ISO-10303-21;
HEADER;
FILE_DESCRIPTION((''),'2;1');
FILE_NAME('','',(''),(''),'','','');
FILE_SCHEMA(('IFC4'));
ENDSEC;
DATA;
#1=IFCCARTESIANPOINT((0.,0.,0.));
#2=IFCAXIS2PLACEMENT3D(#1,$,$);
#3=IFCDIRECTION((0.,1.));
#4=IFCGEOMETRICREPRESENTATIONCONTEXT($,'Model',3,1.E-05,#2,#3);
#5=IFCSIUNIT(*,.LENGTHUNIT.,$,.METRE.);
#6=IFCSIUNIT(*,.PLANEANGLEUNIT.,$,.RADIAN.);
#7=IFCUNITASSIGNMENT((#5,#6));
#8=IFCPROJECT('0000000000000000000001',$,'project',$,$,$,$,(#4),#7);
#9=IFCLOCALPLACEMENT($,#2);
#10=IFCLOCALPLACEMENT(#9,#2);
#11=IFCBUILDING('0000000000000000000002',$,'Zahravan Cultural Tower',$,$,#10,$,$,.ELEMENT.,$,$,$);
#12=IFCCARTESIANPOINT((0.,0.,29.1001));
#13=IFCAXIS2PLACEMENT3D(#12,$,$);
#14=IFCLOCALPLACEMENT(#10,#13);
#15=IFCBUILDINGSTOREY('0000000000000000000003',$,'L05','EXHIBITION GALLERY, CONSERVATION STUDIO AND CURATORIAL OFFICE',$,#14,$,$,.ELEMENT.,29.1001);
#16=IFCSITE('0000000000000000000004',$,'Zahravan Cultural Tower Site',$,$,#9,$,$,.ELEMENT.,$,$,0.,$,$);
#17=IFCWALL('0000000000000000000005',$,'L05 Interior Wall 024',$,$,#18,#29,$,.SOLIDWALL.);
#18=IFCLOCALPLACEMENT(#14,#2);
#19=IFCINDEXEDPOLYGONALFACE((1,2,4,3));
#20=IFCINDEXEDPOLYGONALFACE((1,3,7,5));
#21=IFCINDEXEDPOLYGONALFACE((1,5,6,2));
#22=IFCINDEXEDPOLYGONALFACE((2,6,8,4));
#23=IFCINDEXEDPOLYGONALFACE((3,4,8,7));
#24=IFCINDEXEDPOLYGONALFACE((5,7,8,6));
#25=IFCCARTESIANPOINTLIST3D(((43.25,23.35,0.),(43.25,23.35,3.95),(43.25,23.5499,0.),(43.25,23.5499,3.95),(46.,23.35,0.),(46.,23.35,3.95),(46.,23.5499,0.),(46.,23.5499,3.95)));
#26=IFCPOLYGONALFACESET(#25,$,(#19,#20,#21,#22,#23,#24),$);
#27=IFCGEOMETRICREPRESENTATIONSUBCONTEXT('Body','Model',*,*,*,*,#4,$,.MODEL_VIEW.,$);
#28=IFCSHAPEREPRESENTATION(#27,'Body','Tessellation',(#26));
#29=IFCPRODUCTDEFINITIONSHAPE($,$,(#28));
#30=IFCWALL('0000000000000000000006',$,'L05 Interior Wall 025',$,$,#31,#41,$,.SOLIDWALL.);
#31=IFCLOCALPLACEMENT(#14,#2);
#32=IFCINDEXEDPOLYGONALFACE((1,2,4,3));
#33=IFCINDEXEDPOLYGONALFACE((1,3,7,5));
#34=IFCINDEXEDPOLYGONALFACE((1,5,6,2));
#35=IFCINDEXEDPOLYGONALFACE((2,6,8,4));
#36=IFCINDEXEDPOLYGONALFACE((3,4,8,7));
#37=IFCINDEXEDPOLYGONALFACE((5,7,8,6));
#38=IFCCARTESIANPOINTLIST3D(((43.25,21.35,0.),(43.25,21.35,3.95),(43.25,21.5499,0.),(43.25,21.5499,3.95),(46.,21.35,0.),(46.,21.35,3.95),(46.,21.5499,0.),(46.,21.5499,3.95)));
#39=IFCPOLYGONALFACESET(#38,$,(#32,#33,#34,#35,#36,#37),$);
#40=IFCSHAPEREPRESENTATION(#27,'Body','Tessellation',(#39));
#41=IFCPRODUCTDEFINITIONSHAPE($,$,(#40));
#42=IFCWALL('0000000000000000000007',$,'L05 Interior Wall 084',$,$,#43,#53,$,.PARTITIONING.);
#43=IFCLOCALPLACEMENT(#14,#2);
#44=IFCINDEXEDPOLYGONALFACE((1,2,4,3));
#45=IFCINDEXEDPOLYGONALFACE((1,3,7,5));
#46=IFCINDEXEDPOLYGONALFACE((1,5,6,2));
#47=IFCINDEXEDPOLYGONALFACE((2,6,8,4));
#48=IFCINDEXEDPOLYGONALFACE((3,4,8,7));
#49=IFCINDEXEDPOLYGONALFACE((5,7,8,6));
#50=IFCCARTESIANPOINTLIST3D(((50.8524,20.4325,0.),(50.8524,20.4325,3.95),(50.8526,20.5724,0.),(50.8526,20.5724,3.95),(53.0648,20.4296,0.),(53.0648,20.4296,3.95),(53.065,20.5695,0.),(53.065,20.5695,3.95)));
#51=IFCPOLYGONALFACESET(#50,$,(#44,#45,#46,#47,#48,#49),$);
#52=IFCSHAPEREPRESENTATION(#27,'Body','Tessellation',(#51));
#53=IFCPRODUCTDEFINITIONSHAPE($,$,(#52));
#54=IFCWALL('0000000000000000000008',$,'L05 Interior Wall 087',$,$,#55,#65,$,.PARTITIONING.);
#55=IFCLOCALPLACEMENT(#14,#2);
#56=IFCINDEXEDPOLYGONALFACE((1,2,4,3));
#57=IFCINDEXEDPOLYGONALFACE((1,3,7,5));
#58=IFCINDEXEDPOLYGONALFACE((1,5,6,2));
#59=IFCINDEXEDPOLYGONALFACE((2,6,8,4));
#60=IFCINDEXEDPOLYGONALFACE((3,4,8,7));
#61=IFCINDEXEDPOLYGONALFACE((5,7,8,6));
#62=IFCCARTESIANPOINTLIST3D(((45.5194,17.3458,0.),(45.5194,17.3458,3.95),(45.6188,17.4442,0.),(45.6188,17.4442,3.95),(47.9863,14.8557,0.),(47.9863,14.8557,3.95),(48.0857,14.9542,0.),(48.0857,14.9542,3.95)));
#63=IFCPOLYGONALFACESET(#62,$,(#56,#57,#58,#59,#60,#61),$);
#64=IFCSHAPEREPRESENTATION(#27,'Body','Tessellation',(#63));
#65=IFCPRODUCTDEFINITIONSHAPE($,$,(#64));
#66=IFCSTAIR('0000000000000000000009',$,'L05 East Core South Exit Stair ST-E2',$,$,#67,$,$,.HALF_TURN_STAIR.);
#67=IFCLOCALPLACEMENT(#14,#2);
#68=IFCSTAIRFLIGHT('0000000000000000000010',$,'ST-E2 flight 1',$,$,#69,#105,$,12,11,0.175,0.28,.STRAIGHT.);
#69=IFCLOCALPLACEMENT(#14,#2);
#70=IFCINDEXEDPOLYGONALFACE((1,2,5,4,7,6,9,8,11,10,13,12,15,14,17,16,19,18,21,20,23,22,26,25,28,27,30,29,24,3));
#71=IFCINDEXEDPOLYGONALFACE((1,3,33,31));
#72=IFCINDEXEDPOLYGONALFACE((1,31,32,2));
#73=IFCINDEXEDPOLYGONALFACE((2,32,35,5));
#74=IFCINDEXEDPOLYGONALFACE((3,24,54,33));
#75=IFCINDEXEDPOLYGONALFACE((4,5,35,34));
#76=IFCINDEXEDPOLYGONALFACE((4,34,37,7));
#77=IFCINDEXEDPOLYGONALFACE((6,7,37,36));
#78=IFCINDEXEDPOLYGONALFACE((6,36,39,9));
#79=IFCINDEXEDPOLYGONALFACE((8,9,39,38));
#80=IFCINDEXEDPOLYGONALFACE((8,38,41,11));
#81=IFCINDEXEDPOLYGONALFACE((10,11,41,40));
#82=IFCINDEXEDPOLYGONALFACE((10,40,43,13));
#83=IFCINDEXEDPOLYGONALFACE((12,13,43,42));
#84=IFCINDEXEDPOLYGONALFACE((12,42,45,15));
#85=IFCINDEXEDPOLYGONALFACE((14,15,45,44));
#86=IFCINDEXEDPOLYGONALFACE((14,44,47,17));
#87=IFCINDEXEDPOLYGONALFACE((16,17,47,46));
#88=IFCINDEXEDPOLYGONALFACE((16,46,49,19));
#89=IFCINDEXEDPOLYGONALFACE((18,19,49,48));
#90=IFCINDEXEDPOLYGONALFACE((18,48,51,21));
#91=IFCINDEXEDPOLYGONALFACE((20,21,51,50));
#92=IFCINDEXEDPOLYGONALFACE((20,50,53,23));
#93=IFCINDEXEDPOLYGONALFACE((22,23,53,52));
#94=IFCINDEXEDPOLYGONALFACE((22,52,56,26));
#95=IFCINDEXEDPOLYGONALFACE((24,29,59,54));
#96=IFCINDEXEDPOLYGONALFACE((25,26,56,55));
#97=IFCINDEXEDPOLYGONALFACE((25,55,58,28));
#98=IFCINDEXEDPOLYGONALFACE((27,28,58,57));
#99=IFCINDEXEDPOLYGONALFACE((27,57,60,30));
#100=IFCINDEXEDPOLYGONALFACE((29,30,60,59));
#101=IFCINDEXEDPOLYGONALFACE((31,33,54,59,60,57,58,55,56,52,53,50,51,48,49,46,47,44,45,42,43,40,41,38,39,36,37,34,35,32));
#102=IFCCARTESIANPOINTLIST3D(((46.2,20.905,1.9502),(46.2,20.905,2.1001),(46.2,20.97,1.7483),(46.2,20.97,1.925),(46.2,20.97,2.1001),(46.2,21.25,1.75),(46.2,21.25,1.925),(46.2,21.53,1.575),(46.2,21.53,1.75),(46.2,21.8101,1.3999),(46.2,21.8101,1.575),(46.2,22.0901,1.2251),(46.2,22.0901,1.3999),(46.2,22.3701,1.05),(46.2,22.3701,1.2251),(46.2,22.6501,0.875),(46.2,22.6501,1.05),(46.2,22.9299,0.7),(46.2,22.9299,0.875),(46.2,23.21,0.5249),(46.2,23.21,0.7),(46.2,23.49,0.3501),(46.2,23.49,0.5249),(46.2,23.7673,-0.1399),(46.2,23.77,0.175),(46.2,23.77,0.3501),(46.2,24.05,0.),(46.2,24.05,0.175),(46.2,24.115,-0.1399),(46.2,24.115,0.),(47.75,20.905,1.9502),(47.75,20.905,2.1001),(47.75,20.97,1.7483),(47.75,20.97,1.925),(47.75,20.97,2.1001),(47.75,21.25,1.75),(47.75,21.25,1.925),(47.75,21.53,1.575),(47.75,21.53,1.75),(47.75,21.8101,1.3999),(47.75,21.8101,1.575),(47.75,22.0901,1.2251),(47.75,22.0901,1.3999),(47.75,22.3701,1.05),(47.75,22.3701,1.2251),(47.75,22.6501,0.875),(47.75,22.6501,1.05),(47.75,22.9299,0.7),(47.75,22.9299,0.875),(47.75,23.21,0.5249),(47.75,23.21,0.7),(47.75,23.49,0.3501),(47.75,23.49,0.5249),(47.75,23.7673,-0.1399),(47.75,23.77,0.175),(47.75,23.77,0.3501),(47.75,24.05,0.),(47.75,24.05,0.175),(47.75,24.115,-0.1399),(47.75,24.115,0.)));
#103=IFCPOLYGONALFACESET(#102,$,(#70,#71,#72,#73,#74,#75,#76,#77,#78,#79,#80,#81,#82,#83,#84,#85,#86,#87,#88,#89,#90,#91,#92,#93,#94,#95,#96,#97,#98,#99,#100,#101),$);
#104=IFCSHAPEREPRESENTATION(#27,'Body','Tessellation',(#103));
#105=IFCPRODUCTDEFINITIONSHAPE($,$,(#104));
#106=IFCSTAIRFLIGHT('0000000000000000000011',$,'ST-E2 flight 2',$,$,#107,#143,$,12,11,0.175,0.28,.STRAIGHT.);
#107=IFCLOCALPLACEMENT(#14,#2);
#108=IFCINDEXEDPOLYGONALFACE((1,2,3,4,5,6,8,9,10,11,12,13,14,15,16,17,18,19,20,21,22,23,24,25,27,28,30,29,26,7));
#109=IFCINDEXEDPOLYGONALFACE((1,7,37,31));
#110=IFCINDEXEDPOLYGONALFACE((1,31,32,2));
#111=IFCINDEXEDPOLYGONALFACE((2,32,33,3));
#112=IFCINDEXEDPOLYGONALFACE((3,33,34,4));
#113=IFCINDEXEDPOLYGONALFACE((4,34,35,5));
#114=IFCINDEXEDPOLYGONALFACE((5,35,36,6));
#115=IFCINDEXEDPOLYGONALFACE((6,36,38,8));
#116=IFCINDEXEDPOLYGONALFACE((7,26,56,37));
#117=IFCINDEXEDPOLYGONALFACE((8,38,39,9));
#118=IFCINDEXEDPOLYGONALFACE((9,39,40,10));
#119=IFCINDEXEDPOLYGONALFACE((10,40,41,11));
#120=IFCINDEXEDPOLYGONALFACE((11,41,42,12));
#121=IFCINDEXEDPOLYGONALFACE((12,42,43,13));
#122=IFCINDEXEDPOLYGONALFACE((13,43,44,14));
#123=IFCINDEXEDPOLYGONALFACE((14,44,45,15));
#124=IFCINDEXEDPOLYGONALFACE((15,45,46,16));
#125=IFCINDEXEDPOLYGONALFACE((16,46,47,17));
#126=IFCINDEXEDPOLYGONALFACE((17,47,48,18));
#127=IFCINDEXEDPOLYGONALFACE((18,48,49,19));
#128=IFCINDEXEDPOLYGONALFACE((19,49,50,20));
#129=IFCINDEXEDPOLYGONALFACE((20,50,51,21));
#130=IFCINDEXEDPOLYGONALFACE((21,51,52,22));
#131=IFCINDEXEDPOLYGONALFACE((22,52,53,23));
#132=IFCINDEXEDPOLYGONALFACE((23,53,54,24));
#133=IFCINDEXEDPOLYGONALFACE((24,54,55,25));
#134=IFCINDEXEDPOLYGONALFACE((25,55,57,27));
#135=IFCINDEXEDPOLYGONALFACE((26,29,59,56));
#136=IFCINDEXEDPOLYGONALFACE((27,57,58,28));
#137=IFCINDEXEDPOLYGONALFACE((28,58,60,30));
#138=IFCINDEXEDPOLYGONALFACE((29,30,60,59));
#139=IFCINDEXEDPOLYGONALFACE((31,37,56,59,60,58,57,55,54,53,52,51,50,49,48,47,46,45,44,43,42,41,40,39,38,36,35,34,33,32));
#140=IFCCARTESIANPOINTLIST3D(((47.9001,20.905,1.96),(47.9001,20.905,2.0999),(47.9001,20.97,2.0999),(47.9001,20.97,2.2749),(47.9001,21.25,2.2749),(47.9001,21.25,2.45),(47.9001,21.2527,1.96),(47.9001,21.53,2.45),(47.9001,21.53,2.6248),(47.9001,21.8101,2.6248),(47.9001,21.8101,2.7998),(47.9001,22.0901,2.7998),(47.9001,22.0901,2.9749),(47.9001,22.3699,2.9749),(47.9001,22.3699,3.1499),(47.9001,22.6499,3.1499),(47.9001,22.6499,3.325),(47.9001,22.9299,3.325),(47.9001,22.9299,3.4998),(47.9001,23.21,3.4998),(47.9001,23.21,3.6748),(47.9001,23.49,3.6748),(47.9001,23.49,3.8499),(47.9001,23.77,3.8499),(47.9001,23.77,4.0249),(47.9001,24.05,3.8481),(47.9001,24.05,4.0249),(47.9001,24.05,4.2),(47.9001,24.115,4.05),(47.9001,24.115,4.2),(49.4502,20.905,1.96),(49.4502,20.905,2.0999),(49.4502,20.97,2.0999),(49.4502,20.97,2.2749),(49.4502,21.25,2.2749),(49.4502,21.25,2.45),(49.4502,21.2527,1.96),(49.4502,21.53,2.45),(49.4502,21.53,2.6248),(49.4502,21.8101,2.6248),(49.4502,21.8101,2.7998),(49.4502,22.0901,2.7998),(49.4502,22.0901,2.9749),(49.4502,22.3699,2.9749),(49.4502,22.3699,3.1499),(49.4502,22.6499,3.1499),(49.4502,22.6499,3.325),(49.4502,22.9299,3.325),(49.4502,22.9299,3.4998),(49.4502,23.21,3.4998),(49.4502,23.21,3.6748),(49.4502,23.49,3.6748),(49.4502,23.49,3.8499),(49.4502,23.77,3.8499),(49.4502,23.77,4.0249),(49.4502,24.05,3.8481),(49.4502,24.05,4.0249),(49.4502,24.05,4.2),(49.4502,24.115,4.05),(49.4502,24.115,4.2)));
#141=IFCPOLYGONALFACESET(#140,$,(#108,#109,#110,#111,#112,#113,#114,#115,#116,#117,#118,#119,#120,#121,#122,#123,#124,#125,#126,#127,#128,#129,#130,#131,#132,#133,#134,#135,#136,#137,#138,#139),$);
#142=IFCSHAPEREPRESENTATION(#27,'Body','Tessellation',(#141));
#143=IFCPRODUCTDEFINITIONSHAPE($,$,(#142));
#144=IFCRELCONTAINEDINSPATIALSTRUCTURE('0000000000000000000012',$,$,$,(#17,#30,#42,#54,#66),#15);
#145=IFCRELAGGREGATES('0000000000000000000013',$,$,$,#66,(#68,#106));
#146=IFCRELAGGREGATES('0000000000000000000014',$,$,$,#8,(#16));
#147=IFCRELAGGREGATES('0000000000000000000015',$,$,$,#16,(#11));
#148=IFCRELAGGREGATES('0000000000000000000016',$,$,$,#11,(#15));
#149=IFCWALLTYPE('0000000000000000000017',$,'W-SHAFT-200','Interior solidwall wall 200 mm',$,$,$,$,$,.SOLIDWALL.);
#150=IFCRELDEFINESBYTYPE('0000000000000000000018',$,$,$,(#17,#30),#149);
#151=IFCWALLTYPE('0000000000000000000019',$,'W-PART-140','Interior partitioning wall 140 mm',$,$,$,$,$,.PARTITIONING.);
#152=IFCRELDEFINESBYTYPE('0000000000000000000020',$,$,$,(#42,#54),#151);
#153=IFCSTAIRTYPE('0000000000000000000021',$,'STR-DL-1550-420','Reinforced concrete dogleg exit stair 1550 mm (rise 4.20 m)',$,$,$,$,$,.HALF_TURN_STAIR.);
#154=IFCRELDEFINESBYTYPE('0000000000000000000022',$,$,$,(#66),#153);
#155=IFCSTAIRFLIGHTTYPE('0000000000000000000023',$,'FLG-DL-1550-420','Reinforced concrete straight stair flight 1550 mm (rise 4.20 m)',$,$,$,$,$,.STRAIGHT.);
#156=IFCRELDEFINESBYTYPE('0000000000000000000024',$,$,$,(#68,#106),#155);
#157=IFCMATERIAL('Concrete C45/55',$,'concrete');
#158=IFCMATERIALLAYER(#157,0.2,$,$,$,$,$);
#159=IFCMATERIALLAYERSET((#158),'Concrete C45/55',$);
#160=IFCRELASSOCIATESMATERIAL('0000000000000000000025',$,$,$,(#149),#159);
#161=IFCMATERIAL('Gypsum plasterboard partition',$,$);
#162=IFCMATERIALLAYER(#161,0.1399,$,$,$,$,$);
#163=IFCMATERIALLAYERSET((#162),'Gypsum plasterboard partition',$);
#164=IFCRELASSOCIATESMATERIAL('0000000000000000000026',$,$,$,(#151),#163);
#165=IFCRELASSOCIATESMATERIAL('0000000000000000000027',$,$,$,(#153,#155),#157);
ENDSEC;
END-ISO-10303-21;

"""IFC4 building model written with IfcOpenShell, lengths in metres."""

from ifc_helpers import new_model, si_unit, direction, frame, frame_2d, origin, place, context, subcontext, project, spatial, polyline, rectangle, outline, extrude, source, transform, mapped, material, layer, layer_set, type_object, element, aggregate, save


model = new_model("IFC4")

# Units and contexts
model_context = context("Model", 3, precision=1e-05, world=origin(), true_north=direction((0.0, 1.0)))
body_context = subcontext(model_context, "Body", "Model", "MODEL_VIEW")
ifc_project = project(units=[si_unit("LENGTHUNIT", "METRE"), si_unit("PLANEANGLEUNIT", "RADIAN")], contexts=[model_context])

# Site, building, storey
site_placement = place(None, origin())
site = spatial("IfcSite", under=ifc_project, at=site_placement, Name="Zahravan Cultural Tower Site", CompositionType="ELEMENT", RefElevation=0.0)
building_placement = place(site_placement, origin())
building = spatial("IfcBuilding", under=site, at=building_placement, Name="Zahravan Cultural Tower", CompositionType="ELEMENT")
storey_placement = place(building_placement, frame((0.0, 0.0, 29.1001)))
storey = spatial("IfcBuildingStorey", under=building, at=storey_placement, Name="L05", Description="EXHIBITION GALLERY, CONSERVATION STUDIO AND CURATORIAL OFFICE", CompositionType="ELEMENT", Elevation=29.1001)

# Shared definitions
ifc_material_1 = material(Name="Concrete C45/55", Category="concrete")
ifc_layer_1 = layer(ifc_material_1, 0.2)
ifc_layer_set_1 = layer_set([ifc_layer_1], Name="Concrete C45/55")
wall_type_1 = type_object("IfcWallType", Name="W-SHAFT-200", Description="Interior solidwall wall 200 mm", PredefinedType="SOLIDWALL", material=ifc_layer_set_1)

# Walls
shared_shape_1 = source(origin(), body_context, "Body", "SweptSolid", [
    extrude(rectangle(XDim=2.75, YDim=0.2, at=frame_2d((1.375, 0.0))), origin(), (0.0, 0.0, 1.0), 3.95),
])
for number, where, z_axis, x_axis, name in (
    (1, (43.25, 23.45, 0.0), (0.0, 0.0, 1.0), (1.0, 0.0, 0.0), "L05 Interior Wall 024"),
    (2, (43.25, 21.45, 0.0), (0.0, 0.0, 1.0), (1.0, 0.0, 0.0), "L05 Interior Wall 025"),
):
    element("IfcWall", number, at=place(storey_placement, frame(where, z_axis=z_axis, x_axis=x_axis)), inside=storey, type_object=wall_type_1, Name=name, PredefinedType="SOLIDWALL", context=body_context, shape_type="MappedRepresentation", body=[
        mapped(shared_shape_1, transform((0.0, 0.0, 0.0), x_axis=(1.0, 0.0, 0.0), y_axis=(0.0, 1.0, 0.0), z_axis=(0.0, 0.0, 1.0), scale=1.0)),
    ])
ifc_material_2 = material(Name="Gypsum plasterboard partition")
ifc_layer_2 = layer(ifc_material_2, 0.1399)
ifc_layer_set_2 = layer_set([ifc_layer_2], Name="Gypsum plasterboard partition")
wall_type_2 = type_object("IfcWallType", Name="W-PART-140", Description="Interior partitioning wall 140 mm", PredefinedType="PARTITIONING", material=ifc_layer_set_2)
shared_shape_2 = source(origin(), body_context, "Body", "SweptSolid", [
    extrude(rectangle(XDim=2.2124, YDim=0.1399, at=frame_2d((1.1062, 0.0))), origin(), (0.0, 0.0, 1.0), 3.95),
])
wall_1_placement = place(storey_placement, frame((50.8525, 20.5024, 0.0), z_axis=(0.0, 0.0, 1.0), x_axis=(0.999999, -0.001324, 0.0)))
element("IfcWall", 3, at=wall_1_placement, inside=storey, type_object=wall_type_2, Name="L05 Interior Wall 084", PredefinedType="PARTITIONING", context=body_context, shape_type="MappedRepresentation", body=[
    mapped(shared_shape_2, transform((0.0, 0.0, 0.0), x_axis=(1.0, 0.0, 0.0), y_axis=(0.0, 1.0, 0.0), z_axis=(0.0, 0.0, 1.0), scale=1.0)),
])
shared_shape_3 = source(origin(), body_context, "Body", "SweptSolid", [
    extrude(rectangle(XDim=3.5051, YDim=0.1399, at=frame_2d((1.7524, 0.0))), origin(), (0.0, 0.0, 1.0), 3.95),
])
wall_2_placement = place(storey_placement, frame((48.0359, 14.905, 0.0), z_axis=(0.0, 0.0, 1.0), x_axis=(-0.70379, 0.710408, 0.0)))
element("IfcWall", 4, at=wall_2_placement, inside=storey, type_object=wall_type_2, Name="L05 Interior Wall 087", PredefinedType="PARTITIONING", context=body_context, shape_type="MappedRepresentation", body=[
    mapped(shared_shape_3, transform((0.0, 0.0, 0.0), x_axis=(1.0, 0.0, 0.0), y_axis=(0.0, 1.0, 0.0), z_axis=(0.0, 0.0, 1.0), scale=1.0)),
])

# Stair, stair flights
stair_type = type_object("IfcStairType", Name="STR-DL-1550-420", Description="Reinforced concrete dogleg exit stair 1550 mm (rise 4.20 m)", PredefinedType="HALF_TURN_STAIR", material=ifc_material_1)
stair_placement = place(storey_placement, origin())
stair = element("IfcStair", 5, at=stair_placement, inside=storey, type_object=stair_type, Name="L05 East Core South Exit Stair ST-E2", PredefinedType="HALF_TURN_STAIR")
stair_flight_type = type_object("IfcStairFlightType", Name="FLG-DL-1550-420", Description="Reinforced concrete straight stair flight 1550 mm (rise 4.20 m)", PredefinedType="STRAIGHT", material=ifc_material_1)
stair_flight_1_placement = place(storey_placement, frame((46.9751, 24.05, 0.0), z_axis=(0.0, 0.0, 1.0), x_axis=(0.0, -1.0, 0.0)))
stair_flight_1 = element("IfcStairFlight", 6, at=stair_flight_1_placement, type_object=stair_flight_type, Name="ST-E2 flight 1", NumberOfRisers=12, NumberOfTreads=11, PredefinedType="STRAIGHT", RiserHeight=0.175, TreadLength=0.28, context=body_context, shape_type="SweptSolid", body=[
    extrude(outline(polyline([(-0.0649, -0.1399), (-0.0649, 0.0), (0.0, 0.0), (0.0, 0.175), (0.28, 0.175), (0.28, 0.3501), (0.5601, 0.3501), (0.5601, 0.5249), (0.8401, 0.5249), (0.8401, 0.7), (1.1201, 0.7), (1.1201, 0.875), (1.3999, 0.875), (1.3999, 1.05), (1.6799, 1.05), (1.6799, 1.2251), (1.96, 1.2251), (1.96, 1.3999), (2.24, 1.3999), (2.24, 1.575), (2.52, 1.575), (2.52, 1.75), (2.8, 1.75), (2.8, 1.925), (3.0801, 1.925), (3.0801, 2.1001), (3.145, 2.1001), (3.145, 1.9502), (3.0801, 1.7483), (0.2827, -0.1399), (-0.0649, -0.1399)])), frame((0.0, 0.7749, 0.0), z_axis=(0.0, -1.0, 0.0), x_axis=(1.0, 0.0, 0.0)), (0.0, 0.0, 1.0), 1.55),
])
stair_flight_2_placement = place(storey_placement, frame((48.675, 20.97, 2.0999), z_axis=(0.0, 0.0, 1.0), x_axis=(0.0, 1.0, 0.0)))
stair_flight_2 = element("IfcStairFlight", 7, at=stair_flight_2_placement, type_object=stair_flight_type, Name="ST-E2 flight 2", NumberOfRisers=12, NumberOfTreads=11, PredefinedType="STRAIGHT", RiserHeight=0.175, TreadLength=0.28, context=body_context, shape_type="SweptSolid", body=[
    extrude(outline(polyline([(-0.0649, -0.1399), (-0.0649, 0.0), (0.0, 0.0), (0.0, 0.175), (0.28, 0.175), (0.28, 0.3501), (0.5601, 0.3501), (0.5601, 0.5249), (0.8401, 0.5249), (0.8401, 0.7), (1.1201, 0.7), (1.1201, 0.875), (1.3999, 0.875), (1.3999, 1.05), (1.6799, 1.05), (1.6799, 1.2251), (1.96, 1.2251), (1.96, 1.3999), (2.24, 1.3999), (2.24, 1.575), (2.52, 1.575), (2.52, 1.75), (2.8, 1.75), (2.8, 1.925), (3.0801, 1.925), (3.0801, 2.1001), (3.145, 2.1001), (3.145, 1.9502), (3.0801, 1.7483), (0.2827, -0.1399), (-0.0649, -0.1399)])), frame((0.0, 0.7749, 0.0), z_axis=(0.0, -1.0, 0.0), x_axis=(1.0, 0.0, 0.0)), (0.0, 0.0, 1.0), 1.55),
])
aggregate(stair, [stair_flight_1, stair_flight_2])

save(model, "model.ifc")
